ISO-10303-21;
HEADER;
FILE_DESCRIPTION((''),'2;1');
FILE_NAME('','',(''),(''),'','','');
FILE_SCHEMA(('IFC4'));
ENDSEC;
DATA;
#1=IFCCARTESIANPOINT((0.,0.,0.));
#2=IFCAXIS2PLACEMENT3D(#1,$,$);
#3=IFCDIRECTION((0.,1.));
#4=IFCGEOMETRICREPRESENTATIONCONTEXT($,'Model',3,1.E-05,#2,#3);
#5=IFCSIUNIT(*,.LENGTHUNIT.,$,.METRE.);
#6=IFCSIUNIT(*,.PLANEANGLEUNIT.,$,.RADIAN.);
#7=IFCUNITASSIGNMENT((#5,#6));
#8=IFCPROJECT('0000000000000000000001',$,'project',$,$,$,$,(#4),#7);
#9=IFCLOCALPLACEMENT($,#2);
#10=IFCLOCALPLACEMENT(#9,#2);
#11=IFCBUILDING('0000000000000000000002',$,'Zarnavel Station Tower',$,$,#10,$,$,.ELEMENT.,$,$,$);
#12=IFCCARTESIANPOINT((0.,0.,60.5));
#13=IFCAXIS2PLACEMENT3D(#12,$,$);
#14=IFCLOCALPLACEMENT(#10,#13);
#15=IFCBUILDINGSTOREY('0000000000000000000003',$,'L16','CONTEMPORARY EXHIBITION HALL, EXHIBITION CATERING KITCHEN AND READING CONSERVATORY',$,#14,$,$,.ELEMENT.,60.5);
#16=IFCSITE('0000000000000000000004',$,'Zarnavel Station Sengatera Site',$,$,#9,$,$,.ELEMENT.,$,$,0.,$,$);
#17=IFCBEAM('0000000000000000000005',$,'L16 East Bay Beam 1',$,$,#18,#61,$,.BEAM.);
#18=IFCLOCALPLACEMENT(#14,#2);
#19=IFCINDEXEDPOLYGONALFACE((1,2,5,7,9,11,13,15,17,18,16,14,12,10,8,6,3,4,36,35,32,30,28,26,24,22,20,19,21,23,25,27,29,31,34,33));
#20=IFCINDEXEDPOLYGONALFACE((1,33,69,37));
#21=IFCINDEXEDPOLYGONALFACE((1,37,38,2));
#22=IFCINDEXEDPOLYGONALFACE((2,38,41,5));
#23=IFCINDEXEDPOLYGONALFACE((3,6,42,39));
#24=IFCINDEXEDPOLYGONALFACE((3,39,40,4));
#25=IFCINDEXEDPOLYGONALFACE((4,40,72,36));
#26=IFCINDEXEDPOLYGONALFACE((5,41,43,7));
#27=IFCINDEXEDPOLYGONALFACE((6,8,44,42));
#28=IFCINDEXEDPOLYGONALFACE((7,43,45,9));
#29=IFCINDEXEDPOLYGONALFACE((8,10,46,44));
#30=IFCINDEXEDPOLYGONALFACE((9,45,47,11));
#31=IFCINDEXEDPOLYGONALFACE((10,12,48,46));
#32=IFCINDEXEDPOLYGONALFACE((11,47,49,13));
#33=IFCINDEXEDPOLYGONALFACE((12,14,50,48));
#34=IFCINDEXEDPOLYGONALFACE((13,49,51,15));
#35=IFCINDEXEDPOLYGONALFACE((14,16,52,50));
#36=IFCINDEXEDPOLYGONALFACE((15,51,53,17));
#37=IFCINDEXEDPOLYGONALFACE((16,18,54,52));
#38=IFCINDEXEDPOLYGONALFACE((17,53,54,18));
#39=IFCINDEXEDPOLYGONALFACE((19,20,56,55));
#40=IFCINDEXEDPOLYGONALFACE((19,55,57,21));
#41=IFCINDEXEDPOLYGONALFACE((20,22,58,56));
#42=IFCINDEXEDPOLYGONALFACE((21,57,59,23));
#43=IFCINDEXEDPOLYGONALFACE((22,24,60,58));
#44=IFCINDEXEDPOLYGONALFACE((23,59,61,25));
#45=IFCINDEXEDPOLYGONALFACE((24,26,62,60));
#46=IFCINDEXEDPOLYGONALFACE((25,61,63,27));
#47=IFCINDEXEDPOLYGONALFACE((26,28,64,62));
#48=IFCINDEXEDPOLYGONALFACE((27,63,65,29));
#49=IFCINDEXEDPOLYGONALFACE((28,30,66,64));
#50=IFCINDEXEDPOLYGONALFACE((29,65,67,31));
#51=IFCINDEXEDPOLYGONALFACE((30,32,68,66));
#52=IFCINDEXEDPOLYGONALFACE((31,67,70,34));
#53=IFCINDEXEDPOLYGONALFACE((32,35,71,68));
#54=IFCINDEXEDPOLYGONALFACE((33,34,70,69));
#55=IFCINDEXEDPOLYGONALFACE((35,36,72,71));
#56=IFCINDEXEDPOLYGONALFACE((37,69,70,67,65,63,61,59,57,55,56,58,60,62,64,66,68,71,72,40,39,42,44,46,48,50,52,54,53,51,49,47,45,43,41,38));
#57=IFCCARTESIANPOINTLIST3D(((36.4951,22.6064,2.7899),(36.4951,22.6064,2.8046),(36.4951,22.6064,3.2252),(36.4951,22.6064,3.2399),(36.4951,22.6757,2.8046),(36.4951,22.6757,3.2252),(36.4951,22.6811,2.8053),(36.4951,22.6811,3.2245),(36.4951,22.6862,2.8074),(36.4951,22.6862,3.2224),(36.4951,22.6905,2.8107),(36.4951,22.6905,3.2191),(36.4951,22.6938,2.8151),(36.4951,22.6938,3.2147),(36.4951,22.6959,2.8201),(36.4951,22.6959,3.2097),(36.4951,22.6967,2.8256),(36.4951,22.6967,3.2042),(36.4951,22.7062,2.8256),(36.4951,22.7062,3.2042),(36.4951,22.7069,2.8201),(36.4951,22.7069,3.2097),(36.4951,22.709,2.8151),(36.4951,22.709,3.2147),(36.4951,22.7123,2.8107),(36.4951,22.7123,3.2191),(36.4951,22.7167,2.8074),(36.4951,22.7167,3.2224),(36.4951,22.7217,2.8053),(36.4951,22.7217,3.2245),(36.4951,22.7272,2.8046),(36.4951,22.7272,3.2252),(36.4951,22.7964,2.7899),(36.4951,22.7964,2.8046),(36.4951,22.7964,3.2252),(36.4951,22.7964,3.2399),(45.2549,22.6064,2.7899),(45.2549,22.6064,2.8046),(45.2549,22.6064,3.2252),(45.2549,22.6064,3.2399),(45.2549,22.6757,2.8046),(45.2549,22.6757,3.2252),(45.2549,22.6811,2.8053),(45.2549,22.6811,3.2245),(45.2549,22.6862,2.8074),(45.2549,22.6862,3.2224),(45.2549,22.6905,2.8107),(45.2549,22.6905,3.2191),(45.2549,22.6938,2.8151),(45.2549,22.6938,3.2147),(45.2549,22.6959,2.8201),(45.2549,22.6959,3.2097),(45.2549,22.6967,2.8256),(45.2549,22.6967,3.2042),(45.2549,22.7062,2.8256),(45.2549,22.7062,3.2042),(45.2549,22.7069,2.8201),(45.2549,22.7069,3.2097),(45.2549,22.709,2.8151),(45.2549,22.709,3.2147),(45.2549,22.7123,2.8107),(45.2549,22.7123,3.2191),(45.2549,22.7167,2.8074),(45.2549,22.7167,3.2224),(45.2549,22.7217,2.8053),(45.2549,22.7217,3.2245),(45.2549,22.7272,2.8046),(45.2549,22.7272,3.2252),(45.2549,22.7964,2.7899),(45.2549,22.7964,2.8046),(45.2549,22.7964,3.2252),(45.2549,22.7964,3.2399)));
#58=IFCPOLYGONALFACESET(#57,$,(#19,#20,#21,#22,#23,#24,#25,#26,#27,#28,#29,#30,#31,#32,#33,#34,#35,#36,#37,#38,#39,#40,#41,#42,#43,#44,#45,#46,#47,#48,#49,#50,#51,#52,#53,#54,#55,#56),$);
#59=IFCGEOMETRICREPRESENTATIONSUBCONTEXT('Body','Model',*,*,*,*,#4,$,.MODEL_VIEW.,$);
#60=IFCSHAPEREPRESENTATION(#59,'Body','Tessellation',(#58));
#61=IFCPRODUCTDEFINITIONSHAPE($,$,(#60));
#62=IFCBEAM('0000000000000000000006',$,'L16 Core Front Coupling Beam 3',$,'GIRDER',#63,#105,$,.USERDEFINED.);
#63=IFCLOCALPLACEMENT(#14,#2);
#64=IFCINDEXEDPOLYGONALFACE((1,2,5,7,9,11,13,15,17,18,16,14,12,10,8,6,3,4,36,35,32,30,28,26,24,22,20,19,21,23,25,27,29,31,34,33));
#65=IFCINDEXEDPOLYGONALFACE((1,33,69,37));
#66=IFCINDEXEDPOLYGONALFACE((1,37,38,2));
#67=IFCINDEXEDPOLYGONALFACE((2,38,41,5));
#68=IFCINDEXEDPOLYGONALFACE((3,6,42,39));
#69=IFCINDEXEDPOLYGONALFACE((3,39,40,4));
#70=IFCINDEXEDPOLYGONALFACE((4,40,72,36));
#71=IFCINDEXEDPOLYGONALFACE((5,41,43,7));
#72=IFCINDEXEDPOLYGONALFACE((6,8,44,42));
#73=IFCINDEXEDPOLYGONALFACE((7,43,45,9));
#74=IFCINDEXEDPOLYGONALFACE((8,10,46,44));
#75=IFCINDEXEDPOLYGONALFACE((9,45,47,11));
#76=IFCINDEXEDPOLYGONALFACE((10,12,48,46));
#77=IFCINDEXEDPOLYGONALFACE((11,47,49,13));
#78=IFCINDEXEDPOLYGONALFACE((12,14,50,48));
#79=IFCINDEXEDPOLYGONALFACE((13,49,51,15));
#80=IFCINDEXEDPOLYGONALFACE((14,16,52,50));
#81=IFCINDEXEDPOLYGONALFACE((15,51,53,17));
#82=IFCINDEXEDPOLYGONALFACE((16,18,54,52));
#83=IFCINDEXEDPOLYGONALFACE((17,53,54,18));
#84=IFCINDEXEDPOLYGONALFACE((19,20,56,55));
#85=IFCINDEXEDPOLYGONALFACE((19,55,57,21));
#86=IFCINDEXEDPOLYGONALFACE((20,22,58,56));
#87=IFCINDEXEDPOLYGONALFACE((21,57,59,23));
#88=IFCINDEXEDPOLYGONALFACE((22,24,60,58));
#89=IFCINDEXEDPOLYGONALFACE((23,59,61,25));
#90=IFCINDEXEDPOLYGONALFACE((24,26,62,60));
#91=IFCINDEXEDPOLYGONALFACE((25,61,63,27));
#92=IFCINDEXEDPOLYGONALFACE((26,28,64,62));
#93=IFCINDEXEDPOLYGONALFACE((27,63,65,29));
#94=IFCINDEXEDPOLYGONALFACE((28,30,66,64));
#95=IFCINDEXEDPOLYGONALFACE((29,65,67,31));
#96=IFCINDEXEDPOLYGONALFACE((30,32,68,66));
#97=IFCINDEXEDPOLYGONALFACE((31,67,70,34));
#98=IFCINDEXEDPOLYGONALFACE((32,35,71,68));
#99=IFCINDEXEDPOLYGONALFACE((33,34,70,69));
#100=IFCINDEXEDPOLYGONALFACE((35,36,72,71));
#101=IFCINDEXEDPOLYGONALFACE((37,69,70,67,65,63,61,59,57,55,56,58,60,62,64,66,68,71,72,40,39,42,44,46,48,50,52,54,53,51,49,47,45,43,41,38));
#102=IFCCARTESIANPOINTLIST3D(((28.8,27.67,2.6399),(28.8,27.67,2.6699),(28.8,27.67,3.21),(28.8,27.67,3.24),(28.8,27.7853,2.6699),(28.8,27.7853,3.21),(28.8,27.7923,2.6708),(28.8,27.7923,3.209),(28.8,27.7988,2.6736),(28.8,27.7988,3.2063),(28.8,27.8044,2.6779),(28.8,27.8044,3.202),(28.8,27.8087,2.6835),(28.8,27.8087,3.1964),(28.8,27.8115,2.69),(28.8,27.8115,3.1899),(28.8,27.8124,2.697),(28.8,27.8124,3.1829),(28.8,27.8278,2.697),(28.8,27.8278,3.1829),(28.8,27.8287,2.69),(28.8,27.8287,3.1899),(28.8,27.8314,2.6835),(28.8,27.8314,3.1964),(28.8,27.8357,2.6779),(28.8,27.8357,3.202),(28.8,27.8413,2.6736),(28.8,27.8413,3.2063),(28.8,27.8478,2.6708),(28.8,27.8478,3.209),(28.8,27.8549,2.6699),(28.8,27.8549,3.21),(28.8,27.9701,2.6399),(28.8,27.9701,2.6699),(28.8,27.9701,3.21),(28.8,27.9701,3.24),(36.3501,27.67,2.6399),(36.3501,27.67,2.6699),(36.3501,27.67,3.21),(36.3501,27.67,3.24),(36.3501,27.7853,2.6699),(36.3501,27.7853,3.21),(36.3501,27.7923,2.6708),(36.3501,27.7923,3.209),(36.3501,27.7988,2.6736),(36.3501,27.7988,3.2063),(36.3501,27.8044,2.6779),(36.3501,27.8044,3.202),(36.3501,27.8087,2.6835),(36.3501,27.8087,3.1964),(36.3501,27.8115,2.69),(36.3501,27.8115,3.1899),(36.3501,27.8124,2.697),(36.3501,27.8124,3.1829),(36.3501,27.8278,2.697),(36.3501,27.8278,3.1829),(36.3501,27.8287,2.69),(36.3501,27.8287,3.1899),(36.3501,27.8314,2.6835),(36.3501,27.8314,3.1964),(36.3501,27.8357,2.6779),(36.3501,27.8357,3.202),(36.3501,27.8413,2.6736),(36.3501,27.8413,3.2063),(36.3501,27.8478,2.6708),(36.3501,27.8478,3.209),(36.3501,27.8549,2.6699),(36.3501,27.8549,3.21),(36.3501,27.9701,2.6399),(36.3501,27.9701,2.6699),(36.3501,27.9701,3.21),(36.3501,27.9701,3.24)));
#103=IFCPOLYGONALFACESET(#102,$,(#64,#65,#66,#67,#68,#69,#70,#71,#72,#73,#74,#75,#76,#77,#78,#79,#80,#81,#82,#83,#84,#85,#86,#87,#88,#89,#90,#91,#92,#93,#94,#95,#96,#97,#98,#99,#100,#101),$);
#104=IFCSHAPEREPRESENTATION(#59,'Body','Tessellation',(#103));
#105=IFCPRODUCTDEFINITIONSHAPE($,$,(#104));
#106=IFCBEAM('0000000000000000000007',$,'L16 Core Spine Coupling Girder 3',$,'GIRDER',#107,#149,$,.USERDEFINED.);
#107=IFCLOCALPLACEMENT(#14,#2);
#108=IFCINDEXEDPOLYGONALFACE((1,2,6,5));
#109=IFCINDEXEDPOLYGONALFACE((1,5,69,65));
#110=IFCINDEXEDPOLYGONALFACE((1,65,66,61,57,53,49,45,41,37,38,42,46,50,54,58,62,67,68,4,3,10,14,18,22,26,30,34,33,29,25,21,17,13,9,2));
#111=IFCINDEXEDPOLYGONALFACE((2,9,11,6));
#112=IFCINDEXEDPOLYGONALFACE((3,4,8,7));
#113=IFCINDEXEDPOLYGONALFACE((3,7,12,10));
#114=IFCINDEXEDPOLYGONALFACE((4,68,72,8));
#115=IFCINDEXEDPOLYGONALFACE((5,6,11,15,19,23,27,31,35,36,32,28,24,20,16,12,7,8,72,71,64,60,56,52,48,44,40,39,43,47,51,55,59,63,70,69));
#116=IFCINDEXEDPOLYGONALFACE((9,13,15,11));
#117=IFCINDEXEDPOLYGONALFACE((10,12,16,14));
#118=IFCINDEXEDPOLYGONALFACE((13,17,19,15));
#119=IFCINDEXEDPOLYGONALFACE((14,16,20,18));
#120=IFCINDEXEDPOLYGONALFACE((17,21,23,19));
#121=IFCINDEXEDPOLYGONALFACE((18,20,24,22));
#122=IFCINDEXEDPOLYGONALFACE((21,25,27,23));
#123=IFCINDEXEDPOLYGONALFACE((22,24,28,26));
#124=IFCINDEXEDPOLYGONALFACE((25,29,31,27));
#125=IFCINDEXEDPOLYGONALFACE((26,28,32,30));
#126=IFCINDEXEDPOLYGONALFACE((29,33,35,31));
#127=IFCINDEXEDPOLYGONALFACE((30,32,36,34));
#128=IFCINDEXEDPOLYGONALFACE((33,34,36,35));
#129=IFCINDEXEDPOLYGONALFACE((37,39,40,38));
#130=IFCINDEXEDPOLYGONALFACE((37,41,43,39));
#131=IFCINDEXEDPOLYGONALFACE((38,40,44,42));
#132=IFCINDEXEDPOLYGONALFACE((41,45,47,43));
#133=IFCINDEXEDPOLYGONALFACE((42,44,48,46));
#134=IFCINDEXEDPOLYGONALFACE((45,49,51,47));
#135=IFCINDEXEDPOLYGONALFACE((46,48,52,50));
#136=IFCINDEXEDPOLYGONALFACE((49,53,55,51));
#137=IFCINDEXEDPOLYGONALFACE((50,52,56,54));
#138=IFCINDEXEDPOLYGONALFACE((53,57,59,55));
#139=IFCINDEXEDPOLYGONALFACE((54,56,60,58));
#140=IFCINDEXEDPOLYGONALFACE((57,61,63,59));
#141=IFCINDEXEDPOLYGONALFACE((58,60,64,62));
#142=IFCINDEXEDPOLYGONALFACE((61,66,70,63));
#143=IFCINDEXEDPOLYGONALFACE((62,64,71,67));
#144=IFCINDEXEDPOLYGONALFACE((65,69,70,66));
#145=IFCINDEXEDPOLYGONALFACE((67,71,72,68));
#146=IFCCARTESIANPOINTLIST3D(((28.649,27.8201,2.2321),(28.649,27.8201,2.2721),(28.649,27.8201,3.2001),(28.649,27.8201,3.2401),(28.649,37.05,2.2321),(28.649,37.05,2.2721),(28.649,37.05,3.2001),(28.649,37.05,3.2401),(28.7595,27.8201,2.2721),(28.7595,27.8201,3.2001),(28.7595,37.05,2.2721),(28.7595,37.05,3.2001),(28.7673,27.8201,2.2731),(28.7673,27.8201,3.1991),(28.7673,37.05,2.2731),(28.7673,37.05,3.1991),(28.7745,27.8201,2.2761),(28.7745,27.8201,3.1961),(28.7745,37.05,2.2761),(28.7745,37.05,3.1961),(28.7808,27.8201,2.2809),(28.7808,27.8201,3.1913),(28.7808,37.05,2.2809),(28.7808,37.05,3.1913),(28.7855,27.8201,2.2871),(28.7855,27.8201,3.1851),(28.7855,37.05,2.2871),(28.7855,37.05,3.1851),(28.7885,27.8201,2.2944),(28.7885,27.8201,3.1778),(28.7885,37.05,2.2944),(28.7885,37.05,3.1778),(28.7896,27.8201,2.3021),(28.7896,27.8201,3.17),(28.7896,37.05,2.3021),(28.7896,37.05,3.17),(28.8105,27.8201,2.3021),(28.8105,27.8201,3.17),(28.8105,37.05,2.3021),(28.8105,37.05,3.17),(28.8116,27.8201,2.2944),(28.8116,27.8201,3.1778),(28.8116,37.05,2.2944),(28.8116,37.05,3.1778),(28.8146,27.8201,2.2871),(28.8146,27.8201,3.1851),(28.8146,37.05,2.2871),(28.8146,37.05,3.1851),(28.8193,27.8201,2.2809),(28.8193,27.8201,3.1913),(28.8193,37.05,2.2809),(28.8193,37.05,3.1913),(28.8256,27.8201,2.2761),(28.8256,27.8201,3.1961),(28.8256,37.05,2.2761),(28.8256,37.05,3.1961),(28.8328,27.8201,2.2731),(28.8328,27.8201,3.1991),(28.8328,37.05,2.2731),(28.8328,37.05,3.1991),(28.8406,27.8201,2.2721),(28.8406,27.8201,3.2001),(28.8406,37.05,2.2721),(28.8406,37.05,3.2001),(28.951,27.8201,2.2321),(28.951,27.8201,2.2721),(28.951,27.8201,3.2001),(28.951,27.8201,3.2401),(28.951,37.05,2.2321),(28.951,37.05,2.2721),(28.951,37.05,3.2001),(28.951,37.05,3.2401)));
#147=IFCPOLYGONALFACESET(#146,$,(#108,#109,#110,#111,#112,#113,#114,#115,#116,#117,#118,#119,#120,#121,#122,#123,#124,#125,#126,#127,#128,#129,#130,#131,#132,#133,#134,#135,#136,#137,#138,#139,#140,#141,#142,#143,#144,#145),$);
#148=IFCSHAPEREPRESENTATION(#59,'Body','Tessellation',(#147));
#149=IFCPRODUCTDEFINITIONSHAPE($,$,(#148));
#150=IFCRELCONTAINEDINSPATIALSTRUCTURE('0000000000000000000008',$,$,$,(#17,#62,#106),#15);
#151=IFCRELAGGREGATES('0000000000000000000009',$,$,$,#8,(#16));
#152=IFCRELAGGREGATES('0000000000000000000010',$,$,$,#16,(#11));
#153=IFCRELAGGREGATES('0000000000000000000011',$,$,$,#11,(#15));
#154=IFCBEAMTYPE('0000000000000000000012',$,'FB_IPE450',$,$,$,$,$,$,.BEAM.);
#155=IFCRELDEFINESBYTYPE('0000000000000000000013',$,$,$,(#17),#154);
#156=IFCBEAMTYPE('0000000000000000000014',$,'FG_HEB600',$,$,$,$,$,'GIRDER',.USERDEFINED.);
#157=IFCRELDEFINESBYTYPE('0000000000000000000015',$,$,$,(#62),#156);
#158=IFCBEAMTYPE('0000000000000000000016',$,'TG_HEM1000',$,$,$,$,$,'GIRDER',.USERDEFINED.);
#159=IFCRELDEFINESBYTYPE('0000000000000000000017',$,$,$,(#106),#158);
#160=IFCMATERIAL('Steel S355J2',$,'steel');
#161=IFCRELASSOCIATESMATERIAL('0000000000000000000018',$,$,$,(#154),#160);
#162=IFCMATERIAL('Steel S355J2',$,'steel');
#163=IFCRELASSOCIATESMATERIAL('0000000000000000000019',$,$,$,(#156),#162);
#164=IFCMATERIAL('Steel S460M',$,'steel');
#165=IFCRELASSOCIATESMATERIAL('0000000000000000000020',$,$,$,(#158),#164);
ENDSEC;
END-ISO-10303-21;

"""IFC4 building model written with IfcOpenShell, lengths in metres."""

from ifc_helpers import new_model, si_unit, direction, frame, origin, origin_2d, place, context, subcontext, project, spatial, i_section, extrude, material, material_profile, profile_set, type_object, element, save


model = new_model("IFC4")

# Units and contexts
model_context = context("Model", 3, precision=1e-05, world=origin(), true_north=direction((0.0, 1.0)))
body_context = subcontext(model_context, "Body", "Model", "MODEL_VIEW")
ifc_project = project(units=[si_unit("LENGTHUNIT", "METRE"), si_unit("PLANEANGLEUNIT", "RADIAN")], contexts=[model_context])

# Site, building, storey
site_placement = place(None, origin())
site = spatial("IfcSite", under=ifc_project, at=site_placement, Name="Zarnavel Station Sengatera Site", CompositionType="ELEMENT", RefElevation=0.0)
building_placement = place(site_placement, origin())
building = spatial("IfcBuilding", under=site, at=building_placement, Name="Zarnavel Station Tower", CompositionType="ELEMENT")
storey_placement = place(building_placement, frame((0.0, 0.0, 60.5)))
storey = spatial("IfcBuildingStorey", under=building, at=storey_placement, Name="L16", Description="CONTEMPORARY EXHIBITION HALL, EXHIBITION CATERING KITCHEN AND READING CONSERVATORY", CompositionType="ELEMENT", Elevation=60.5)

# Beams
ifc_material_1 = material(Name="Steel S355J2", Category="steel")
ifc_material_profile_1 = material_profile(ifc_material_1, i_section(OverallWidth=0.1899, OverallDepth=0.45, WebThickness=0.0095, FlangeThickness=0.0146, FilletRadius=0.021, at=origin_2d()), Name="IPE450")
ifc_profile_set_1 = profile_set([ifc_material_profile_1], Name="Steel S355J2")
beam_type_1 = type_object("IfcBeamType", Name="FB_IPE450", PredefinedType="BEAM", material=ifc_profile_set_1)
beam_1_placement = place(storey_placement, frame((36.4951, 22.7014, 3.0149), z_axis=(1.0, 0.0, 0.0), x_axis=(0.0, 1.0, 0.0)))
element("IfcBeam", 1, at=beam_1_placement, inside=storey, type_object=beam_type_1, Name="L16 East Bay Beam 1", PredefinedType="BEAM", context=body_context, shape_type="SweptSolid", body=[
    extrude(i_section(OverallWidth=0.1899, OverallDepth=0.45, WebThickness=0.0095, FlangeThickness=0.0146, FilletRadius=0.021, at=origin_2d()), origin(), (0.0, 0.0, 1.0), 8.7598),
])
ifc_material_2 = material(Name="Steel S355J2", Category="steel")
ifc_material_profile_2 = material_profile(ifc_material_2, i_section(OverallWidth=0.3, OverallDepth=0.6001, WebThickness=0.0154, FlangeThickness=0.03, FilletRadius=0.0271, at=origin_2d()), Name="HEB600")
ifc_profile_set_2 = profile_set([ifc_material_profile_2], Name="Steel S355J2")
beam_type_2 = type_object("IfcBeamType", Name="FG_HEB600", ElementType="GIRDER", PredefinedType="USERDEFINED", material=ifc_profile_set_2)
beam_2_placement = place(storey_placement, frame((28.8, 27.8201, 2.9399), z_axis=(1.0, 0.0, 0.0), x_axis=(0.0, 1.0, 0.0)))
element("IfcBeam", 2, at=beam_2_placement, inside=storey, type_object=beam_type_2, Name="L16 Core Front Coupling Beam 3", ObjectType="GIRDER", PredefinedType="USERDEFINED", context=body_context, shape_type="SweptSolid", body=[
    extrude(i_section(OverallWidth=0.3, OverallDepth=0.6001, WebThickness=0.0154, FlangeThickness=0.03, FilletRadius=0.0271, at=origin_2d()), origin(), (0.0, 0.0, 1.0), 7.55),
])
ifc_material_3 = material(Name="Steel S460M", Category="steel")
ifc_material_profile_3 = material_profile(ifc_material_3, i_section(OverallWidth=0.302, OverallDepth=1.0081, WebThickness=0.021, FlangeThickness=0.04, FilletRadius=0.03, at=origin_2d()), Name="HEM1000")
ifc_profile_set_3 = profile_set([ifc_material_profile_3], Name="Steel S460M")
beam_type_3 = type_object("IfcBeamType", Name="TG_HEM1000", ElementType="GIRDER", PredefinedType="USERDEFINED", material=ifc_profile_set_3)
beam_3_placement = place(storey_placement, frame((28.8, 27.8201, 2.7361), z_axis=(0.0, 1.0, 0.0), x_axis=(-1.0, 0.0, 0.0)))
element("IfcBeam", 3, at=beam_3_placement, inside=storey, type_object=beam_type_3, Name="L16 Core Spine Coupling Girder 3", ObjectType="GIRDER", PredefinedType="USERDEFINED", context=body_context, shape_type="SweptSolid", body=[
    extrude(i_section(OverallWidth=0.302, OverallDepth=1.0081, WebThickness=0.021, FlangeThickness=0.04, FilletRadius=0.03, at=origin_2d()), origin(), (0.0, 0.0, 1.0), 9.23),
])

save(model, "model.ifc")
